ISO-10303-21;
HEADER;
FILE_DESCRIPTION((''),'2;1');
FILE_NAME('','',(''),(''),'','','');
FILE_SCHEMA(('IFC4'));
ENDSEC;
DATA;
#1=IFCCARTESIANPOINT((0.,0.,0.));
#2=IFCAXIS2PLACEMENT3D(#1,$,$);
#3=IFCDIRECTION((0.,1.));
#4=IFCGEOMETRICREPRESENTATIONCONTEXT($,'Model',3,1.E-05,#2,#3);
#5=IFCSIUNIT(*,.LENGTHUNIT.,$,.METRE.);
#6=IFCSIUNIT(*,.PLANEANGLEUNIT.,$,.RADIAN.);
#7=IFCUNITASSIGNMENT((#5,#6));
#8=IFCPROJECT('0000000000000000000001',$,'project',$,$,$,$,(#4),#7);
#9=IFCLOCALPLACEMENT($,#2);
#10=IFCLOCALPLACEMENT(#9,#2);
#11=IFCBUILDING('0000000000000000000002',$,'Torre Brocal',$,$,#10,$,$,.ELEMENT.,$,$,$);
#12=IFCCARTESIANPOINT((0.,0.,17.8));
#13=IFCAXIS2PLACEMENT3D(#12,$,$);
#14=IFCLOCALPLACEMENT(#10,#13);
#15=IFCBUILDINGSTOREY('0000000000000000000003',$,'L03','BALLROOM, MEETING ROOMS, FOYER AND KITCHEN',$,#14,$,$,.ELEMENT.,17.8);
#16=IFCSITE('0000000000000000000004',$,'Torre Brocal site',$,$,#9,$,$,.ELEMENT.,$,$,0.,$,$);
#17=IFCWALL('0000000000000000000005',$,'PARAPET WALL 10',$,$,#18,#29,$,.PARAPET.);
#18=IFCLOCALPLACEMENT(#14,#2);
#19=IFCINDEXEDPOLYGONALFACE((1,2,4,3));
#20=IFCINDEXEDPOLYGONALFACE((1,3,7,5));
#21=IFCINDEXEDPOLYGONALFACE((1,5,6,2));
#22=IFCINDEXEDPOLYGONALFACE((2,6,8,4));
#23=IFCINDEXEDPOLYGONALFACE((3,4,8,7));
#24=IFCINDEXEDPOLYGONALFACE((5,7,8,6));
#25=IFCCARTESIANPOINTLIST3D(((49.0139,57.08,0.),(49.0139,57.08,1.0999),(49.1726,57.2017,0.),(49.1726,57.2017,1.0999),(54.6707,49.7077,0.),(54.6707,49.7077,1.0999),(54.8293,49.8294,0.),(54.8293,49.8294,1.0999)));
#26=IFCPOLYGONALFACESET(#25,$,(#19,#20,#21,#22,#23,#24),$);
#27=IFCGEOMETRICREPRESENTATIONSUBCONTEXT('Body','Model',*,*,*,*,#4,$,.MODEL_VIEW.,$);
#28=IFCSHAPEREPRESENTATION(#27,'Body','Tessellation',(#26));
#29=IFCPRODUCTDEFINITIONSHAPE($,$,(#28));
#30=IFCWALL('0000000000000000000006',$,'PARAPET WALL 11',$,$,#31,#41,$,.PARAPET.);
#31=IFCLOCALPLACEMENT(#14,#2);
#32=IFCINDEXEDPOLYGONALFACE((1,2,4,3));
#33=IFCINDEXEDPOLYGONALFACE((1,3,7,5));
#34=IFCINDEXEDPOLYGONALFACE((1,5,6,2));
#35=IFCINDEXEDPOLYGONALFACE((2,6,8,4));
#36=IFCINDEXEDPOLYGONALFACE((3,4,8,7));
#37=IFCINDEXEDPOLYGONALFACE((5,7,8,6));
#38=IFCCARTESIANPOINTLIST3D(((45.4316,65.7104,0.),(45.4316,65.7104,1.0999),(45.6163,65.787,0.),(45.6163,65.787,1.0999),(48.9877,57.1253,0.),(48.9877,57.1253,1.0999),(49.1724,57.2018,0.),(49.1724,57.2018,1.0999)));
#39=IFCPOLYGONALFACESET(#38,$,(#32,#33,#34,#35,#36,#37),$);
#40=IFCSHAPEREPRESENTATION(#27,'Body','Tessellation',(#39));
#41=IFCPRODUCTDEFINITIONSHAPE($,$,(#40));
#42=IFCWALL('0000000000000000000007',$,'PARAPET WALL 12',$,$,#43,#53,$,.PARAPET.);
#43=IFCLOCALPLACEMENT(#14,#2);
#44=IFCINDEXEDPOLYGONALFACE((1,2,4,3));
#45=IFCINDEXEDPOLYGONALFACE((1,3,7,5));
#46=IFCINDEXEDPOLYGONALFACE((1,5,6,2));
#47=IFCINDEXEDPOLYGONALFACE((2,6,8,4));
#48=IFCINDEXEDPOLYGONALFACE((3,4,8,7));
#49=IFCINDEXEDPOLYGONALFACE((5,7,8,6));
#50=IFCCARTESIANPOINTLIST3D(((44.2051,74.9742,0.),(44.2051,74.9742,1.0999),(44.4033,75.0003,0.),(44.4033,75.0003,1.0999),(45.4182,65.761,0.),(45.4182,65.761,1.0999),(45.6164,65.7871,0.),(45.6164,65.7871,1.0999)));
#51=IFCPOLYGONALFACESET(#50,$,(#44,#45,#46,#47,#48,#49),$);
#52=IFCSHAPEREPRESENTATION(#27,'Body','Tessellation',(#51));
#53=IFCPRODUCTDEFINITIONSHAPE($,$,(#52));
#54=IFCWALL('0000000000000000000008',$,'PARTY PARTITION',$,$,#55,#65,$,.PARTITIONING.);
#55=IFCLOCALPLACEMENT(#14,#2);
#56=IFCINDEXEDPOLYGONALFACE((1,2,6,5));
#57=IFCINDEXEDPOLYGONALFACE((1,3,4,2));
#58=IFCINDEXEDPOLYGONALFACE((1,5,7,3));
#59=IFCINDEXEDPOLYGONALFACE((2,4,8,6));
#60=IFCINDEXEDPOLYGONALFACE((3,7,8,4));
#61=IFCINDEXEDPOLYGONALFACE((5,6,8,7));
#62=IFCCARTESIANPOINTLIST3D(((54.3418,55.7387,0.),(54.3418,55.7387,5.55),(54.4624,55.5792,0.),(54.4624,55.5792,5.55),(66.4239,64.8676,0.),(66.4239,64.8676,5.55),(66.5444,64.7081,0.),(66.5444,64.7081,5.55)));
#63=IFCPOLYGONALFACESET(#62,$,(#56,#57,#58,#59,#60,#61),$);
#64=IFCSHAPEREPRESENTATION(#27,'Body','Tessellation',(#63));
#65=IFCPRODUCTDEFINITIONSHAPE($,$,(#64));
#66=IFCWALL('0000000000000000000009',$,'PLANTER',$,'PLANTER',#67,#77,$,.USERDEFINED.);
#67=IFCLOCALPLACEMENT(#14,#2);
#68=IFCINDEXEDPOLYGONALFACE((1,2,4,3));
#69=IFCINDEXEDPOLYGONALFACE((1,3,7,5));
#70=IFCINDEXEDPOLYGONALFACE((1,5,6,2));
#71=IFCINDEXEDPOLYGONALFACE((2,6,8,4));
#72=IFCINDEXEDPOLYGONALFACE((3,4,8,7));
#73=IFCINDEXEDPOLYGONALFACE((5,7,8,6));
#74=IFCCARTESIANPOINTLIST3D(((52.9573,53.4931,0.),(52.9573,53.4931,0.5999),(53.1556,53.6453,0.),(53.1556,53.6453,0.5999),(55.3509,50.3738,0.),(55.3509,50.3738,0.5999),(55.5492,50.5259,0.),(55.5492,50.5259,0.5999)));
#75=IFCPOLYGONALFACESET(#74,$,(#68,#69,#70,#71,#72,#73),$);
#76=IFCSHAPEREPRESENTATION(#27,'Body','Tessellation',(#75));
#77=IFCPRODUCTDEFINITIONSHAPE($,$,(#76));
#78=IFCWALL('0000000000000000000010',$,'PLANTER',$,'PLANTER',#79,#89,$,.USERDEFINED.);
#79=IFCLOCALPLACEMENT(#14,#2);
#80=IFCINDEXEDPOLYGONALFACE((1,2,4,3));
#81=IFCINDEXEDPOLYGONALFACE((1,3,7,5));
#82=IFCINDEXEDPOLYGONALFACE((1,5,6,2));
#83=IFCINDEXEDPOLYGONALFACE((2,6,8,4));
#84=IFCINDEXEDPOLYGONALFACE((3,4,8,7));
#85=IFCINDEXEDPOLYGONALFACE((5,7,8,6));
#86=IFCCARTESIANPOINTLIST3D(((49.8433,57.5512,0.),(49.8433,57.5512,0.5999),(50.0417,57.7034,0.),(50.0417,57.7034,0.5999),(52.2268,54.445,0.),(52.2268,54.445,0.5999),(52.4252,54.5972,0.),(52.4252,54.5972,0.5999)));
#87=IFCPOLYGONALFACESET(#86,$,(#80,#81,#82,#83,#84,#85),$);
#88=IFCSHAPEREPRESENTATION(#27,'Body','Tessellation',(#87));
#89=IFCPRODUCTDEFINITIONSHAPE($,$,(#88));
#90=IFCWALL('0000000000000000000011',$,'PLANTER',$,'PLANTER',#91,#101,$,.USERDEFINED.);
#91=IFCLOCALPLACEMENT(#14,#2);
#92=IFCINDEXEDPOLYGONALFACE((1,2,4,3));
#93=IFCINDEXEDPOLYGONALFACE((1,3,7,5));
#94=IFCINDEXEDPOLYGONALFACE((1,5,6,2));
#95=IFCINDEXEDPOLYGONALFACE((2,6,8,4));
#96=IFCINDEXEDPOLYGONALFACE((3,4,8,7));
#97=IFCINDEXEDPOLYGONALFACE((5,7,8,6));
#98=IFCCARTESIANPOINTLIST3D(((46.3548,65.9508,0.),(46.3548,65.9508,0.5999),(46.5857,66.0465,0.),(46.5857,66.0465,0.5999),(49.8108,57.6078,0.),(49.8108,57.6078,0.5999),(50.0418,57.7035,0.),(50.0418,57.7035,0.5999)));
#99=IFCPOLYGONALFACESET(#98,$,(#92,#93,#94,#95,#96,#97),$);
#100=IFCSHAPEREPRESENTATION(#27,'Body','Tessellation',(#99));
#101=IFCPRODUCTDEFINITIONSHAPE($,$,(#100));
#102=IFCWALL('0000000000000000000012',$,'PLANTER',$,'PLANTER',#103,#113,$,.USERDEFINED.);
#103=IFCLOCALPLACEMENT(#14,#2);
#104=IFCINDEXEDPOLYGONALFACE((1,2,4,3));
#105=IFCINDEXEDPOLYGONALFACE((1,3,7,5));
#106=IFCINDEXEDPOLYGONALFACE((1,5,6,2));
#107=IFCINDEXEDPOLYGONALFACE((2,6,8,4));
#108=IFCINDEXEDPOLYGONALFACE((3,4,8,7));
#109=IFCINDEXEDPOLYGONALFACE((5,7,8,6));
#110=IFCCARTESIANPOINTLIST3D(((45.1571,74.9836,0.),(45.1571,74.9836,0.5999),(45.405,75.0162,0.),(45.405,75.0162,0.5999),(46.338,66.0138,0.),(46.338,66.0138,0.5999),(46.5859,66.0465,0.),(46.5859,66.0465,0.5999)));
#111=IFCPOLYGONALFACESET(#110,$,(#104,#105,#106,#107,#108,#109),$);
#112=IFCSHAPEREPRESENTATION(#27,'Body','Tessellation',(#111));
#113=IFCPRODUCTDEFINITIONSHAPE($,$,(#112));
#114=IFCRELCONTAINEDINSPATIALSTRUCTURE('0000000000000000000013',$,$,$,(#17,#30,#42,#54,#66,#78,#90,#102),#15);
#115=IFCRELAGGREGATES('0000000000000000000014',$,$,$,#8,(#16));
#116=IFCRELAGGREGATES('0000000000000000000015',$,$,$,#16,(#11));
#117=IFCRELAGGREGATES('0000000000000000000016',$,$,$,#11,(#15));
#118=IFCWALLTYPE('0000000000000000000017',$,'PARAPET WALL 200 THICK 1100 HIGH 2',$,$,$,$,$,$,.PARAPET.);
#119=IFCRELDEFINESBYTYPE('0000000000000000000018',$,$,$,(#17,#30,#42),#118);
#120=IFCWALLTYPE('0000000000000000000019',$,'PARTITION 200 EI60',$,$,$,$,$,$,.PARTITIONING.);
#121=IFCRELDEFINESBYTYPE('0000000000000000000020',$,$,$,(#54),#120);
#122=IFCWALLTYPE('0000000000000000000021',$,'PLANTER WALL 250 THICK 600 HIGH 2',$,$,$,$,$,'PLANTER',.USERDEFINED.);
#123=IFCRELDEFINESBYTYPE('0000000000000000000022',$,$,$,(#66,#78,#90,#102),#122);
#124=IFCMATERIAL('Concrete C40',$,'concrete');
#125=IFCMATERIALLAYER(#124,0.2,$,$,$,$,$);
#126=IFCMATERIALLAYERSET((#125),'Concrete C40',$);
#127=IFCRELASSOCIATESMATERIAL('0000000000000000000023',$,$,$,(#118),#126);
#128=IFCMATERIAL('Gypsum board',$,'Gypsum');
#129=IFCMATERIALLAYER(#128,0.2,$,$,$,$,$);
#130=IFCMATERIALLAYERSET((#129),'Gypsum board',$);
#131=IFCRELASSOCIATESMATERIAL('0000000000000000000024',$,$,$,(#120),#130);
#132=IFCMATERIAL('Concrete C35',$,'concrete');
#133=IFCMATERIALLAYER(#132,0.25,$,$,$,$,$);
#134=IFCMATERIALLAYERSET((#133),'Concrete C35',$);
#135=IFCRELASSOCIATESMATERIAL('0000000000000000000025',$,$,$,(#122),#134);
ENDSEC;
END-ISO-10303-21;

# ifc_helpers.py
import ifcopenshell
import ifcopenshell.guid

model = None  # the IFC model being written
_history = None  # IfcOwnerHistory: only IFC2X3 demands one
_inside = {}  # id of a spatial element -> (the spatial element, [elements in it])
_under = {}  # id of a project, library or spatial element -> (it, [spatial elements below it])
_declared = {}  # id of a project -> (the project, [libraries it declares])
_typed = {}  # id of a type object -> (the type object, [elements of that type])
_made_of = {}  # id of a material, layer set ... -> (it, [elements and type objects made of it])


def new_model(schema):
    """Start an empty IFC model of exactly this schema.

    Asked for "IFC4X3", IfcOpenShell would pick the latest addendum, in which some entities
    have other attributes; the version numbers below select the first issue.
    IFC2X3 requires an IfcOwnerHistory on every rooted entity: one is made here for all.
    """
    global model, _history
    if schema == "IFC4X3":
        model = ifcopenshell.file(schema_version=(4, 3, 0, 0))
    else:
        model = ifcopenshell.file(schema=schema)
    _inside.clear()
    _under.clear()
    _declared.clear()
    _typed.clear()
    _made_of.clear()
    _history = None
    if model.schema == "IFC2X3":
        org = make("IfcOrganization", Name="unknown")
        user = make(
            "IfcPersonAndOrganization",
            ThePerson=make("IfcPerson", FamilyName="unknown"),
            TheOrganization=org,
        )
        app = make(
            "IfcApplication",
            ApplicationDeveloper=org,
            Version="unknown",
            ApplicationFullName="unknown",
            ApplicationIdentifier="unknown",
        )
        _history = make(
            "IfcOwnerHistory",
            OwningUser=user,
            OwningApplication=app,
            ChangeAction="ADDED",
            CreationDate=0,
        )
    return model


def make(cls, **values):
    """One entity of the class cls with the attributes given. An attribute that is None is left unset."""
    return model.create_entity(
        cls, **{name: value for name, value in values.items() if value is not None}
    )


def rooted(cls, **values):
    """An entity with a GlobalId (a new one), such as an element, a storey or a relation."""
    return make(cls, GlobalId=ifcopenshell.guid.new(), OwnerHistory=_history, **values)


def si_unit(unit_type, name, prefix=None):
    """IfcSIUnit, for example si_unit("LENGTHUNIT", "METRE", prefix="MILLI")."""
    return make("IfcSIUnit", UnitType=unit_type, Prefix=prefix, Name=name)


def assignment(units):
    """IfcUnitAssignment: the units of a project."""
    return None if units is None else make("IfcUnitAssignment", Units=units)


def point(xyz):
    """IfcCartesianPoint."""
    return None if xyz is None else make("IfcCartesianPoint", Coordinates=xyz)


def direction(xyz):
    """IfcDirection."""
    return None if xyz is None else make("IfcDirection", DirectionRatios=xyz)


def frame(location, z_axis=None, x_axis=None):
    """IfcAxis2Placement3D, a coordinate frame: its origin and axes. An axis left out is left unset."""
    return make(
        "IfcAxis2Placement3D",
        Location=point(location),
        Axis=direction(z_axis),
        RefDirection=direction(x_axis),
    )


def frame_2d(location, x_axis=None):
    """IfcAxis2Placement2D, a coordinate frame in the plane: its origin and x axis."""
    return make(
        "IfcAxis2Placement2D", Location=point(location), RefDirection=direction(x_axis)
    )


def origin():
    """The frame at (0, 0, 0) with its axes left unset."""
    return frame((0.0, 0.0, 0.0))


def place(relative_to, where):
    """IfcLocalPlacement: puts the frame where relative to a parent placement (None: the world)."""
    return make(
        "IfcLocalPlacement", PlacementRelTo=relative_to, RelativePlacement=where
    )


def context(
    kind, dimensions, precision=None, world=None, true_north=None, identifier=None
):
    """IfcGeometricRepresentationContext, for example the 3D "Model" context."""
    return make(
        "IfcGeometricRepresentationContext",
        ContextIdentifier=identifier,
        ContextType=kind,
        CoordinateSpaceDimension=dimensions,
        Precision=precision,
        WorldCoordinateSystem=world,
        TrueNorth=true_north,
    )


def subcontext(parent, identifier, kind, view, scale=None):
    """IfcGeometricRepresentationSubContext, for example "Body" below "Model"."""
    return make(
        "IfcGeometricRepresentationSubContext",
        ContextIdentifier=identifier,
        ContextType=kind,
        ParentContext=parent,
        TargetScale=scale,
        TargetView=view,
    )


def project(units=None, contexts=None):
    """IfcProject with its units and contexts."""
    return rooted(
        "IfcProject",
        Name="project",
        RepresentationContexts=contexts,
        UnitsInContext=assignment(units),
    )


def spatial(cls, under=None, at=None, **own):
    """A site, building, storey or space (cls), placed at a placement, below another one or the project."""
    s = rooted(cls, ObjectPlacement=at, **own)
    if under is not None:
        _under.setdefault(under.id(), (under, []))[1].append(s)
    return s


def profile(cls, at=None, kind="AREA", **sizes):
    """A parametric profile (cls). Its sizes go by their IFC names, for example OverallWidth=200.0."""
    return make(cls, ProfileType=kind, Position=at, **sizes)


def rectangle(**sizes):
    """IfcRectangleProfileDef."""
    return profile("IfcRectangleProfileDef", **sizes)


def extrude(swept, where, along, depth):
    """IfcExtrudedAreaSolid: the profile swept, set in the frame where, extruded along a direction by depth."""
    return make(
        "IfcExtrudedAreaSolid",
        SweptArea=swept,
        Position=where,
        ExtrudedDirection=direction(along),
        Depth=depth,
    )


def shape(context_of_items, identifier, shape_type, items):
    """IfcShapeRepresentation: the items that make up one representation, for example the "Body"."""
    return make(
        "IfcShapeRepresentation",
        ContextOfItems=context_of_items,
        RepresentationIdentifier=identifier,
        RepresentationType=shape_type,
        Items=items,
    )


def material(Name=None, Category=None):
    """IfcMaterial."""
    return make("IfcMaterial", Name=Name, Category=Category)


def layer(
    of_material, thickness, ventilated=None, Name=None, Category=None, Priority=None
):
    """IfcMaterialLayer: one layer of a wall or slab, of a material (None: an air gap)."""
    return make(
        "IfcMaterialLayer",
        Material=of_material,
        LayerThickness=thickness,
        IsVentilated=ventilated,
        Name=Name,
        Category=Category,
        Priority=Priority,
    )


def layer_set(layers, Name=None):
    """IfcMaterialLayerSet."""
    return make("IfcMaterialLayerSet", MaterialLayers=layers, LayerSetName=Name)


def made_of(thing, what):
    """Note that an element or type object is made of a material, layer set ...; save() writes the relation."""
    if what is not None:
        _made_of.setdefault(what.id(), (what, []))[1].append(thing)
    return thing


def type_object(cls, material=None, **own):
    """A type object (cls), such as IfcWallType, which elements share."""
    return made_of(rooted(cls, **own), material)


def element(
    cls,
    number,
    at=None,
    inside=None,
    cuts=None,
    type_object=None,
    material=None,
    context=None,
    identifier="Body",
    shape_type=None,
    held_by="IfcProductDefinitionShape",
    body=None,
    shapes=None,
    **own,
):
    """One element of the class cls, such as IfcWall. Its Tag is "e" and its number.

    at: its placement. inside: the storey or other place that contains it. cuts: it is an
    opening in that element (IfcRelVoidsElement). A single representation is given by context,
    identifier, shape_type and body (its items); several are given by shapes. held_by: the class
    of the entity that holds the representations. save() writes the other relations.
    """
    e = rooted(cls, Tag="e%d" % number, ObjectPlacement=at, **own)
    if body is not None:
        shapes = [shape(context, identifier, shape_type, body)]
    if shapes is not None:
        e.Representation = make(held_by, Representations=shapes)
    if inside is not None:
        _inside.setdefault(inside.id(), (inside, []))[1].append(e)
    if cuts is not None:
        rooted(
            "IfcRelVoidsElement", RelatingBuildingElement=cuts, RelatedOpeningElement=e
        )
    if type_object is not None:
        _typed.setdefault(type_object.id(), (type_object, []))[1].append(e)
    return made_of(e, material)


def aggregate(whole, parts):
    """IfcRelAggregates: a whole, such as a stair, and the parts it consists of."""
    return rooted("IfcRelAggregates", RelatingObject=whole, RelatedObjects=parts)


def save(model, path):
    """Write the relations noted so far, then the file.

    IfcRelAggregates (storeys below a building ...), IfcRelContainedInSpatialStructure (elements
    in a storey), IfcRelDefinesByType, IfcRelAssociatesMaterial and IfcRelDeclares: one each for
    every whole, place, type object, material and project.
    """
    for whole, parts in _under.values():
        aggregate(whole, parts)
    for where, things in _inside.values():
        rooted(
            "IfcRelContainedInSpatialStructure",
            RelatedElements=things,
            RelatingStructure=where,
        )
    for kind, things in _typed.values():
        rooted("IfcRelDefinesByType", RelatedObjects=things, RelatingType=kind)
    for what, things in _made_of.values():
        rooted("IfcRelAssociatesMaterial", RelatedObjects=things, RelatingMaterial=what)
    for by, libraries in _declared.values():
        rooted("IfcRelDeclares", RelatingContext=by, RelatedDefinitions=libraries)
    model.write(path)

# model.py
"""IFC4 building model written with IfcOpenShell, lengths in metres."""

from ifc_helpers import new_model, si_unit, direction, frame, frame_2d, origin, place, context, subcontext, project, spatial, rectangle, extrude, material, layer, layer_set, type_object, element, save


model = new_model("IFC4")

# Units and contexts
model_context = context("Model", 3, precision=1e-05, world=origin(), true_north=direction((0.0, 1.0)))
body_context = subcontext(model_context, "Body", "Model", "MODEL_VIEW")
ifc_project = project(units=[si_unit("LENGTHUNIT", "METRE"), si_unit("PLANEANGLEUNIT", "RADIAN")], contexts=[model_context])

# Site, building, storey
site_placement = place(None, origin())
site = spatial("IfcSite", under=ifc_project, at=site_placement, Name="Torre Brocal site", CompositionType="ELEMENT", RefElevation=0.0)
building_placement = place(site_placement, origin())
building = spatial("IfcBuilding", under=site, at=building_placement, Name="Torre Brocal", CompositionType="ELEMENT")
storey_placement = place(building_placement, frame((0.0, 0.0, 17.8)))
storey = spatial("IfcBuildingStorey", under=building, at=storey_placement, Name="L03", Description="BALLROOM, MEETING ROOMS, FOYER AND KITCHEN", CompositionType="ELEMENT", Elevation=17.8)

# Walls
ifc_material_1 = material(Name="Concrete C40", Category="concrete")
ifc_layer_1 = layer(ifc_material_1, 0.2)
ifc_layer_set_1 = layer_set([ifc_layer_1], Name="Concrete C40")
wall_type_1 = type_object("IfcWallType", Name="PARAPET WALL 200 THICK 1100 HIGH 2", PredefinedType="PARAPET", material=ifc_layer_set_1)
for number, where, z_axis, x_axis, name in (
    (1, (54.75, 49.7686, 0.0), (0.0, 0.0, 1.0), (-0.608745, 0.793366, 0.0), "PARAPET WALL 10"),
    (2, (49.0801, 57.1636, 0.0), (0.0, 0.0, 1.0), (-0.382687, 0.923878, 0.0), "PARAPET WALL 11"),
):
    element("IfcWall", number, at=place(storey_placement, frame(where, z_axis=z_axis, x_axis=x_axis)), inside=storey, type_object=wall_type_1, Name=name, PredefinedType="PARAPET", context=body_context, shape_type="SweptSolid", body=[
        extrude(rectangle(XDim=9.2925, YDim=0.2, at=frame_2d((4.6462, 0.0))), origin(), (0.0, 0.0, 1.0), 1.0999),
    ])
wall_1_placement = place(storey_placement, frame((45.5173, 65.7739, 0.0), z_axis=(0.0, 0.0, 1.0), x_axis=(-0.130548, 0.991442, 0.0)))
element("IfcWall", 3, at=wall_1_placement, inside=storey, type_object=wall_type_1, Name="PARAPET WALL 12", PredefinedType="PARAPET", context=body_context, shape_type="SweptSolid", body=[
    extrude(rectangle(XDim=9.2927, YDim=0.2, at=frame_2d((4.6465, 0.0))), origin(), (0.0, 0.0, 1.0), 1.0999),
])
ifc_material_2 = material(Name="Gypsum board", Category="Gypsum")
ifc_layer_2 = layer(ifc_material_2, 0.2)
ifc_layer_set_2 = layer_set([ifc_layer_2], Name="Gypsum board")
wall_type_2 = type_object("IfcWallType", Name="PARTITION 200 EI60", PredefinedType="PARTITIONING", material=ifc_layer_set_2)
wall_2_placement = place(storey_placement, frame((54.4021, 55.6589, 0.0), z_axis=(0.0, 0.0, 1.0), x_axis=(0.797859, 0.602844, 0.0)))
element("IfcWall", 4, at=wall_2_placement, inside=storey, type_object=wall_type_2, Name="PARTY PARTITION", PredefinedType="PARTITIONING", context=body_context, shape_type="SweptSolid", body=[
    extrude(rectangle(XDim=15.1431, YDim=0.2, at=frame_2d((7.5715, 0.0))), origin(), (0.0, 0.0, 1.0), 5.55),
])
ifc_material_3 = material(Name="Concrete C35", Category="concrete")
ifc_layer_3 = layer(ifc_material_3, 0.25)
ifc_layer_set_3 = layer_set([ifc_layer_3], Name="Concrete C35")
wall_type_3 = type_object("IfcWallType", Name="PLANTER WALL 250 THICK 600 HIGH 2", ElementType="PLANTER", PredefinedType="USERDEFINED", material=ifc_layer_set_3)
wall_3_placement = place(storey_placement, frame((55.45, 50.45, 0.0), z_axis=(0.0, 0.0, 1.0), x_axis=(-0.608756, 0.793357, 0.0)))
element("IfcWall", 5, at=wall_3_placement, inside=storey, type_object=wall_type_3, Name="PLANTER", ObjectType="PLANTER", PredefinedType="USERDEFINED", context=body_context, shape_type="SweptSolid", body=[
    extrude(rectangle(XDim=3.9319, YDim=0.25, at=frame_2d((1.9658, 0.0))), origin(), (0.0, 0.0, 1.0), 0.5999),
])
wall_4_placement = place(storey_placement, frame((52.3259, 54.5212, 0.0), z_axis=(0.0, 0.0, 1.0), x_axis=(-0.608773, 0.793344, 0.0)))
element("IfcWall", 6, at=wall_4_placement, inside=storey, type_object=wall_type_3, Name="PLANTER", ObjectType="PLANTER", PredefinedType="USERDEFINED", context=body_context, shape_type="SweptSolid", body=[
    extrude(rectangle(XDim=3.9153, YDim=0.25, at=frame_2d((1.9575, 0.0))), origin(), (0.0, 0.0, 1.0), 0.5999),
])
wall_5_placement = place(storey_placement, frame((49.9263, 57.6558, 0.0), z_axis=(0.0, 0.0, 1.0), x_axis=(-0.382708, 0.923869, 0.0)))
element("IfcWall", 7, at=wall_5_placement, inside=storey, type_object=wall_type_3, Name="PLANTER", ObjectType="PLANTER", PredefinedType="USERDEFINED", context=body_context, shape_type="SweptSolid", body=[
    extrude(rectangle(XDim=9.0305, YDim=0.25, at=frame_2d((4.5151, 0.0))), origin(), (0.0, 0.0, 1.0), 0.5999),
])
wall_6_placement = place(storey_placement, frame((46.4619, 66.0303, 0.0), z_axis=(0.0, 0.0, 1.0), x_axis=(-0.130529, 0.991445, 0.0)))
element("IfcWall", 8, at=wall_6_placement, inside=storey, type_object=wall_type_3, Name="PLANTER", ObjectType="PLANTER", PredefinedType="USERDEFINED", context=body_context, shape_type="SweptSolid", body=[
    extrude(rectangle(XDim=9.0471, YDim=0.25, at=frame_2d((4.5234, 0.0))), origin(), (0.0, 0.0, 1.0), 0.5999),
])

save(model, "model.ifc")
